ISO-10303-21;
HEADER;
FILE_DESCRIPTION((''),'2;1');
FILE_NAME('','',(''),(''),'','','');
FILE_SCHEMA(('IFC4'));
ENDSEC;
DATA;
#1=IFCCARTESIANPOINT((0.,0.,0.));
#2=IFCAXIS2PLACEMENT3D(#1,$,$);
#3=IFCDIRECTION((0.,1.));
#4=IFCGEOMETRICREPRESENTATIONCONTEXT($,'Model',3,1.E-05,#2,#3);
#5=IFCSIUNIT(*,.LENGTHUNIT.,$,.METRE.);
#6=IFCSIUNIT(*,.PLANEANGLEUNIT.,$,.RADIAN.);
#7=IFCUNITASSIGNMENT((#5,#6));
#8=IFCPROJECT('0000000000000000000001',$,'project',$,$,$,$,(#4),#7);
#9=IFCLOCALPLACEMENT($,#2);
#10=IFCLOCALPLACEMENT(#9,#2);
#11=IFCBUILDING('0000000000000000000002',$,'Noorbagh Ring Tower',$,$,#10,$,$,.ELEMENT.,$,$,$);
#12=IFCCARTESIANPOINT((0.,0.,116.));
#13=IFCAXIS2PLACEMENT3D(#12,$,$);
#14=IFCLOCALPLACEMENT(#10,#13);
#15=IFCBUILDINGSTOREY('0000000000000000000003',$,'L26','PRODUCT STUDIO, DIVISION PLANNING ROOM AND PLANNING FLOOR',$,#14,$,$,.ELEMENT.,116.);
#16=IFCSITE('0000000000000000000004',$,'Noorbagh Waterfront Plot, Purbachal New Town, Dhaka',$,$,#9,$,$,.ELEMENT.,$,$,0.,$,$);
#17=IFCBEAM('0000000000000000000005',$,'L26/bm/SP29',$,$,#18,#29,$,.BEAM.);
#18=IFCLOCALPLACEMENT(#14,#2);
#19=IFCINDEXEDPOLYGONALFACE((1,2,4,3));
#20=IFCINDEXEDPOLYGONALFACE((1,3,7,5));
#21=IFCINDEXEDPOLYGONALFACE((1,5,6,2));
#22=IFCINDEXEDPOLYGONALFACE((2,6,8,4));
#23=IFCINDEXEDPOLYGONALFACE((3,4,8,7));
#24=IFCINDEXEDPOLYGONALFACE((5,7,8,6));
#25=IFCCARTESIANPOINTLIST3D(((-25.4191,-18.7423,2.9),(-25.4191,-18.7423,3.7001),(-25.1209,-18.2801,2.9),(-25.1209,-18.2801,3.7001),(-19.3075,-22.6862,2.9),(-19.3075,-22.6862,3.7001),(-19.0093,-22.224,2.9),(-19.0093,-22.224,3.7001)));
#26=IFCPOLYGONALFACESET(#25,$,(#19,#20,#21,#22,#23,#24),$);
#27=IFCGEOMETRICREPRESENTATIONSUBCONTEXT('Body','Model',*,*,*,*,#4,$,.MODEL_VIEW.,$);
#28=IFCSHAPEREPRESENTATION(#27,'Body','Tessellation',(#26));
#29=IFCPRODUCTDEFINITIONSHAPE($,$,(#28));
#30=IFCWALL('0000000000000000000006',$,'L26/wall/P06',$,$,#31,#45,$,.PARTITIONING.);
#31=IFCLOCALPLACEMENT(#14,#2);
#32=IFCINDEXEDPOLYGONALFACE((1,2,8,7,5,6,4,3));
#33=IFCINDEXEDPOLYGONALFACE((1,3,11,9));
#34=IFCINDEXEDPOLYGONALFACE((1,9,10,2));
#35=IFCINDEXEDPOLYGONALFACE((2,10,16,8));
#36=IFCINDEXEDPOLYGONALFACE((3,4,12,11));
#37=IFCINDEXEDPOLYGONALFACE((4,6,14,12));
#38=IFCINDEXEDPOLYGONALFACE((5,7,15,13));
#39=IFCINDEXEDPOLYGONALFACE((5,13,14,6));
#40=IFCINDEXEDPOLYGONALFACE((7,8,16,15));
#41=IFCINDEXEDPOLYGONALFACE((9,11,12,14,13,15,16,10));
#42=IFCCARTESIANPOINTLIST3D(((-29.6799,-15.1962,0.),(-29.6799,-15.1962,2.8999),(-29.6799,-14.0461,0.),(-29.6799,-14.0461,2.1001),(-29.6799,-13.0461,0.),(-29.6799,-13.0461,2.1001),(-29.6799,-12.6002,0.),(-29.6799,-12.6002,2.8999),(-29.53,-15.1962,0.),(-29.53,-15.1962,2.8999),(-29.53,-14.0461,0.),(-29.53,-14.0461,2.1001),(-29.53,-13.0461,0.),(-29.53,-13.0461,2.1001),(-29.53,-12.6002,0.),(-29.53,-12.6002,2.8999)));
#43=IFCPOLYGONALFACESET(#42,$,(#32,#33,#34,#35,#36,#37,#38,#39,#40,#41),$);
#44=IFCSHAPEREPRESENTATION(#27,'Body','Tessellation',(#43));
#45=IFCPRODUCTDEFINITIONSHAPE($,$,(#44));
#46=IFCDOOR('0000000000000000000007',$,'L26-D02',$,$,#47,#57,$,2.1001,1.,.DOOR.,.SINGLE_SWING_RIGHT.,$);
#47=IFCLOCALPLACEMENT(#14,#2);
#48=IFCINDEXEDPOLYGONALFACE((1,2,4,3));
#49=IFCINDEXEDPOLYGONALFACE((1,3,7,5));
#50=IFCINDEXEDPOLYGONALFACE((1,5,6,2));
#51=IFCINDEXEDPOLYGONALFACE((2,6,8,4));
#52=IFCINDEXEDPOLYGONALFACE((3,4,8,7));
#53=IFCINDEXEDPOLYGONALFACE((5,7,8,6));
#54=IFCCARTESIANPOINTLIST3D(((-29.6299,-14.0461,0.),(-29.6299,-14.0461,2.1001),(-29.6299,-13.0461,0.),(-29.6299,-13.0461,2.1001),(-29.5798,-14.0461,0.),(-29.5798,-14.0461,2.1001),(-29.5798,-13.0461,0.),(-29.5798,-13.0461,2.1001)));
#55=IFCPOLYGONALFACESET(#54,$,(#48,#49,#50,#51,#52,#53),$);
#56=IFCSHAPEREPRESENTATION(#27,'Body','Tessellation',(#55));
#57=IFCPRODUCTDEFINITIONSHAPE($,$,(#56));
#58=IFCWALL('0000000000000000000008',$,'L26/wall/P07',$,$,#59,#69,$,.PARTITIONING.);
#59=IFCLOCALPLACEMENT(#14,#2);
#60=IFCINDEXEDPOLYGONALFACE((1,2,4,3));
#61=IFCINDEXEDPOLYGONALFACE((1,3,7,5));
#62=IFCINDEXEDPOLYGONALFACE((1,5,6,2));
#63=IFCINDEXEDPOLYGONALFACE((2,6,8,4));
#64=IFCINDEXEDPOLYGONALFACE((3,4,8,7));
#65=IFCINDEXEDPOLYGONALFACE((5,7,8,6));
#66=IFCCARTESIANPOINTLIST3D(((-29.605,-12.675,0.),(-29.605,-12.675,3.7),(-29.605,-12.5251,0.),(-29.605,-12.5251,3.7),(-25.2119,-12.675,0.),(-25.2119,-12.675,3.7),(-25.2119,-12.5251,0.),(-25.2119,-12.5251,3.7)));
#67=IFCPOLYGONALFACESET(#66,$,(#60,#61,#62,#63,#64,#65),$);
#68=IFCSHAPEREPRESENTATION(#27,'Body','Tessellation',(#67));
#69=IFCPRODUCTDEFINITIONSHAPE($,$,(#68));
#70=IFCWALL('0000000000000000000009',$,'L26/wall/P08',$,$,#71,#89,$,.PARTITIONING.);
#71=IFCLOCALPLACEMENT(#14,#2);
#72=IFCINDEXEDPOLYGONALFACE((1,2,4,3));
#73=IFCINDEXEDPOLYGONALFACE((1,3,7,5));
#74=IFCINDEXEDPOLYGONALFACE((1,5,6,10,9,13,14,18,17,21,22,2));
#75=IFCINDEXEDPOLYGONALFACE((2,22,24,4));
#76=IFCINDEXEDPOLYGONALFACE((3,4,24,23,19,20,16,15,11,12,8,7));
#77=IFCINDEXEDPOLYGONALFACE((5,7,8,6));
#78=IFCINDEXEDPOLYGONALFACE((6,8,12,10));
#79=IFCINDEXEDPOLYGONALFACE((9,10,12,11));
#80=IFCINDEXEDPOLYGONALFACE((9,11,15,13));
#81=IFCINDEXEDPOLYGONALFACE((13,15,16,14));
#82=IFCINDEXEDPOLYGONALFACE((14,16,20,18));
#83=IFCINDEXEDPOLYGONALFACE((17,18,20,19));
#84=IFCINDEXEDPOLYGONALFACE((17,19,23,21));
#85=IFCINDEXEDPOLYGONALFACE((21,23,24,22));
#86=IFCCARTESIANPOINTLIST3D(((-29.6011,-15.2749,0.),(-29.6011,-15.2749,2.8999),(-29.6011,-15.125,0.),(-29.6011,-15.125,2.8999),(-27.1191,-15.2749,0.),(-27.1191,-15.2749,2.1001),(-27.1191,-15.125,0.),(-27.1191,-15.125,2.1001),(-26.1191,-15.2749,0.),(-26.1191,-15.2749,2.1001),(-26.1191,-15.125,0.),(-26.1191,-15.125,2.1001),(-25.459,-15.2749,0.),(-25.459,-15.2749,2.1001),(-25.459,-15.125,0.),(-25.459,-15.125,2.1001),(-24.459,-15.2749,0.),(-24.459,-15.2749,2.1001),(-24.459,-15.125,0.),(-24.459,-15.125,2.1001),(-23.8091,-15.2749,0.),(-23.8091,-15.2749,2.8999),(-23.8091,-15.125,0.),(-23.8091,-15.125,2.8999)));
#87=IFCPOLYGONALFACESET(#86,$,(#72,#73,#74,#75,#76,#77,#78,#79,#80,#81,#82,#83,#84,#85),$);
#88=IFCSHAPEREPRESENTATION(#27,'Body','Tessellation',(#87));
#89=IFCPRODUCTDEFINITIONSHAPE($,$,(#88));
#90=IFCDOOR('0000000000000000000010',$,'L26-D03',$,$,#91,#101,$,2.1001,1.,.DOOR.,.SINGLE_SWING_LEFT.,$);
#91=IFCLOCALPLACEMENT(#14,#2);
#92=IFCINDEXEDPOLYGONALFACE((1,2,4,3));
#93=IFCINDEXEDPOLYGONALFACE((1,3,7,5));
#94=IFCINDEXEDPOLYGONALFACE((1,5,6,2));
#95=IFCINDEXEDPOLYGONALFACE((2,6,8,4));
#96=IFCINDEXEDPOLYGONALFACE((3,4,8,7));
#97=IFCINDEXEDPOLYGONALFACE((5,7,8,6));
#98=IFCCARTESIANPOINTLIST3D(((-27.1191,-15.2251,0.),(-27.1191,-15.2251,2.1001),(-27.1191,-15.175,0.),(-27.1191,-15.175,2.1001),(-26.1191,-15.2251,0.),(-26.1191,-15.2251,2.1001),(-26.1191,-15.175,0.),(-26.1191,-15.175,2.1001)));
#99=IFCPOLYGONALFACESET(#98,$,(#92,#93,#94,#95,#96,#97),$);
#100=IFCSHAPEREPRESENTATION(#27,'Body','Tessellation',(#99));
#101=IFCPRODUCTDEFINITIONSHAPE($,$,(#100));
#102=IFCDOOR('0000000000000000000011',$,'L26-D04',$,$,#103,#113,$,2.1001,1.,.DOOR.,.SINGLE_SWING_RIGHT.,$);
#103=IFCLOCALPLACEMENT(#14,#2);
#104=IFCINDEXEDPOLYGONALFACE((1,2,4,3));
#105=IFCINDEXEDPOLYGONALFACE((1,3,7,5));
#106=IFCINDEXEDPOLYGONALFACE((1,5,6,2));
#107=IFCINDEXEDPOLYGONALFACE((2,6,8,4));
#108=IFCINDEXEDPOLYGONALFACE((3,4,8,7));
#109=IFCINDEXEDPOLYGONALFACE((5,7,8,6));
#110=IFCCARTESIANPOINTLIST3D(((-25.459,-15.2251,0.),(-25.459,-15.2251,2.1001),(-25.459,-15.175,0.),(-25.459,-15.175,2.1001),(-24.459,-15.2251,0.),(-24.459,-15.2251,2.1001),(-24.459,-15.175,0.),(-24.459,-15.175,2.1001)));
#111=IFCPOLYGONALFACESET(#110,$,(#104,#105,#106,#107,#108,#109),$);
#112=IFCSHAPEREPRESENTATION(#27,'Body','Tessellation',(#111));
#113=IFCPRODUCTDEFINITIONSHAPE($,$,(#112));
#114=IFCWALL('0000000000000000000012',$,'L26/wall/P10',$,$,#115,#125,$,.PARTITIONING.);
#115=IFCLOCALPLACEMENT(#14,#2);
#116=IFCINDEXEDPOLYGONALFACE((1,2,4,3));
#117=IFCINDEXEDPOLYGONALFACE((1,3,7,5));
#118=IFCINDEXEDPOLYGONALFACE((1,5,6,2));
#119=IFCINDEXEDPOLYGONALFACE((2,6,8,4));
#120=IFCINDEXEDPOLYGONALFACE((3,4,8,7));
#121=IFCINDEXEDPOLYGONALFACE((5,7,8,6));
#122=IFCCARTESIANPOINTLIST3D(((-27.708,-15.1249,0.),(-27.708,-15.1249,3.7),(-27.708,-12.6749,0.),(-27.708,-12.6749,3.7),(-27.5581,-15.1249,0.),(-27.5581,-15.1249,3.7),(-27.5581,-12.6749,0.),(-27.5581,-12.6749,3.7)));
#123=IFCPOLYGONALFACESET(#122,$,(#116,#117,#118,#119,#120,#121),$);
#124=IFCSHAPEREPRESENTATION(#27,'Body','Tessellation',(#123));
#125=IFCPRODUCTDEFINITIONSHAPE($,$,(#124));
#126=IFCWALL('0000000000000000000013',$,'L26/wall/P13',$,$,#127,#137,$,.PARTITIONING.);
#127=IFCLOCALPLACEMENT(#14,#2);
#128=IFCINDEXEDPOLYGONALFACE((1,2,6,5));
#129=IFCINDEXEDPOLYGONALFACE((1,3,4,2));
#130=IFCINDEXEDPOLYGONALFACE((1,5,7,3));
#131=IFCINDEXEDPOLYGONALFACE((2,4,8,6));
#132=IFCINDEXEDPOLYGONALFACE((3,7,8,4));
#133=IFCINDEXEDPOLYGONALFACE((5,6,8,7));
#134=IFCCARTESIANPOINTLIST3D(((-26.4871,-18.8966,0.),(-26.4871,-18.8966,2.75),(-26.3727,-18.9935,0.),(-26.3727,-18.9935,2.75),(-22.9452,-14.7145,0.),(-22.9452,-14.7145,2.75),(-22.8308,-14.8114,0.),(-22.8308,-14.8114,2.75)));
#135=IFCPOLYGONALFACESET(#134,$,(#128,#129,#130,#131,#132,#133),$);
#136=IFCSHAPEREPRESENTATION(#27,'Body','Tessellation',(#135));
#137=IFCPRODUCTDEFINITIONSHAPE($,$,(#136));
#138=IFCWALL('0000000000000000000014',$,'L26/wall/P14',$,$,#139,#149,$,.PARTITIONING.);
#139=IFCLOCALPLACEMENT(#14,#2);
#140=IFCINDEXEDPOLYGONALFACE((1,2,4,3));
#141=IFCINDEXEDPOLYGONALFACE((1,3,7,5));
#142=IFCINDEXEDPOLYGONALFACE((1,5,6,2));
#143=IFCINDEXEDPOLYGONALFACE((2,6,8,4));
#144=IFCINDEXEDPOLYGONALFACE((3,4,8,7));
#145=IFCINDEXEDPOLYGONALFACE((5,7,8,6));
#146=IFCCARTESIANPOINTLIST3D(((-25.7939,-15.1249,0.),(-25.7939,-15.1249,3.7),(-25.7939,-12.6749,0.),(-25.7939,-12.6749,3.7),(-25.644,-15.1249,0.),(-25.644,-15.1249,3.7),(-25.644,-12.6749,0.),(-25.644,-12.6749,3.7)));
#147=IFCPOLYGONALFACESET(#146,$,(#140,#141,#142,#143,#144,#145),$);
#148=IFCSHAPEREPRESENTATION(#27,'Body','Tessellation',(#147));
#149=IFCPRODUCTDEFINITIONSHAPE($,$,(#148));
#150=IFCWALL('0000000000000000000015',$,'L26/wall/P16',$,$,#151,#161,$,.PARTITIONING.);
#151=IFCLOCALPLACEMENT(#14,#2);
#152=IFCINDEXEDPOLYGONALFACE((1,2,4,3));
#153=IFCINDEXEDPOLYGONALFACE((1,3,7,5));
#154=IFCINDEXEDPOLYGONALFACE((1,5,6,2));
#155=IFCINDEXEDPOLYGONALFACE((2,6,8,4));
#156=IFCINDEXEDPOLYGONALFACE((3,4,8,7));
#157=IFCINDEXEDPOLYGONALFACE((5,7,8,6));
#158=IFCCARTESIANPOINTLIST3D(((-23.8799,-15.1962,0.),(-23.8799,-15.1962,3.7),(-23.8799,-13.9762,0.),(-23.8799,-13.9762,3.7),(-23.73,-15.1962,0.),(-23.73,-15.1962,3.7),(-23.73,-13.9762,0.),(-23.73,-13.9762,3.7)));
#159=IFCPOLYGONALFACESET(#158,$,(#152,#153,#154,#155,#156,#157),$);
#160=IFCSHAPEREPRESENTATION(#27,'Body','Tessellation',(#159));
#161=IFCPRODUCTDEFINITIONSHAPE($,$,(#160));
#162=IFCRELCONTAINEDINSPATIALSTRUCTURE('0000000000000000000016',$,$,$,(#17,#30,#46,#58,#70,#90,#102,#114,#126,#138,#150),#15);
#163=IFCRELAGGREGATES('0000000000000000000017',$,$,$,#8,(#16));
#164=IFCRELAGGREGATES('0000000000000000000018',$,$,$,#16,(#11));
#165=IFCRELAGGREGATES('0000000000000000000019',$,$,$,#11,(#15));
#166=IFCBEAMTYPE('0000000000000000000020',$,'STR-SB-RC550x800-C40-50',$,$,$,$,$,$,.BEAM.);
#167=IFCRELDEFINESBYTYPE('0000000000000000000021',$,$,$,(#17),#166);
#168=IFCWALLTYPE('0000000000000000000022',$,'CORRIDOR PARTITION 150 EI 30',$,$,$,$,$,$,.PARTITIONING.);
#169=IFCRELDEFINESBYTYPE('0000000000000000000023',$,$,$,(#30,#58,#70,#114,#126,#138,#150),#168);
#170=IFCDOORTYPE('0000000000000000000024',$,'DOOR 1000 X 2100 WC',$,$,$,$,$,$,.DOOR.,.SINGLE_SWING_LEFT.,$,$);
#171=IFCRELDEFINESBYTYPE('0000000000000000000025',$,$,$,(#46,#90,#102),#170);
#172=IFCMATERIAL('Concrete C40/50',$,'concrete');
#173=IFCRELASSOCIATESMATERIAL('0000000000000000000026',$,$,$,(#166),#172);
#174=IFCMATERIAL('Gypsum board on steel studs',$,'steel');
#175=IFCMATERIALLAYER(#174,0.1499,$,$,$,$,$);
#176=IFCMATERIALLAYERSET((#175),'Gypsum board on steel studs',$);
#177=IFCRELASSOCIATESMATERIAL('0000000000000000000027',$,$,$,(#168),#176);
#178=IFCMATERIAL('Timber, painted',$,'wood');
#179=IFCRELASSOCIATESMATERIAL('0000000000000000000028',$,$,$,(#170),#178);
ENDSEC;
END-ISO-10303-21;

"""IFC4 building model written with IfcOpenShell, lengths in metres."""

from ifc_helpers import new_model, si_unit, direction, frame, frame_2d, origin, origin_2d, place, context, subcontext, project, spatial, rectangle, extrude, material, layer, layer_set, material_profile, profile_set, type_object, element, fill, save


model = new_model("IFC4")

# Units and contexts
model_context = context("Model", 3, precision=1e-05, world=origin(), true_north=direction((0.0, 1.0)))
body_context = subcontext(model_context, "Body", "Model", "MODEL_VIEW")
ifc_project = project(units=[si_unit("LENGTHUNIT", "METRE"), si_unit("PLANEANGLEUNIT", "RADIAN")], contexts=[model_context])

# Site, building, storey
site_placement = place(None, origin())
site = spatial("IfcSite", under=ifc_project, at=site_placement, Name="Noorbagh Waterfront Plot, Purbachal New Town, Dhaka", CompositionType="ELEMENT", RefElevation=0.0)
building_placement = place(site_placement, origin())
building = spatial("IfcBuilding", under=site, at=building_placement, Name="Noorbagh Ring Tower", CompositionType="ELEMENT")
storey_placement = place(building_placement, frame((0.0, 0.0, 116.0)))
storey = spatial("IfcBuildingStorey", under=building, at=storey_placement, Name="L26", Description="PRODUCT STUDIO, DIVISION PLANNING ROOM AND PLANNING FLOOR", CompositionType="ELEMENT", Elevation=116.0)

# Beam
ifc_material_1 = material(Name="Concrete C40/50", Category="concrete")
ifc_material_profile_1 = material_profile(ifc_material_1, rectangle(XDim=0.55, YDim=0.8, at=origin_2d()), Name="RC550x800")
ifc_profile_set_1 = profile_set([ifc_material_profile_1], Name="Concrete C40/50")
beam_type_1 = type_object("IfcBeamType", Name="STR-SB-RC550x800-C40-50", PredefinedType="BEAM", material=ifc_profile_set_1)
beam_1_placement = place(storey_placement, frame((-25.27, -18.5112, 3.3), z_axis=(0.84024, -0.542214, 0.0), x_axis=(0.542214, 0.84024, 0.0)))
element("IfcBeam", 1, at=beam_1_placement, inside=storey, type_object=beam_type_1, Name="L26/bm/SP29", PredefinedType="BEAM", context=body_context, shape_type="SweptSolid", body=[
    extrude(rectangle(XDim=0.55, YDim=0.8, at=origin_2d()), origin(), (0.0, 0.0, 1.0), 7.2737),
])

# Wall, opening, door
ifc_material_2 = material(Name="Gypsum board on steel studs", Category="steel")
ifc_layer_1 = layer(ifc_material_2, 0.1499)
ifc_layer_set_1 = layer_set([ifc_layer_1], Name="Gypsum board on steel studs")
wall_type_1 = type_object("IfcWallType", Name="CORRIDOR PARTITION 150 EI 30", PredefinedType="PARTITIONING", material=ifc_layer_set_1)
wall_1_placement = place(storey_placement, frame((-29.605, -15.196, 0.0), z_axis=(0.0, 0.0, 1.0), x_axis=(0.0, 1.0, 0.0)))
wall_1 = element("IfcWall", 2, at=wall_1_placement, inside=storey, type_object=wall_type_1, Name="L26/wall/P06", PredefinedType="PARTITIONING", context=body_context, shape_type="SweptSolid", body=[
    extrude(rectangle(XDim=2.5959, YDim=0.1499, at=frame_2d((1.2979, 0.0))), origin(), (0.0, 0.0, 1.0), 2.8999),
])
opening_1_placement = place(wall_1_placement, frame((1.1499, 0.0, 0.0)))
opening_1 = element("IfcOpeningElement", 3, at=opening_1_placement, cuts=wall_1, PredefinedType="OPENING", context=body_context, shape_type="SweptSolid", body=[
    extrude(rectangle(XDim=1.0, YDim=2.1001, at=frame_2d((0.5, 1.05))), frame((0.0, 0.085, 0.0), z_axis=(0.0, -1.0, 0.0), x_axis=(1.0, 0.0, 0.0)), (0.0, 0.0, 1.0), 0.1699),
])
ifc_material_3 = material(Name="Timber, painted", Category="wood")
door_type_1 = type_object("IfcDoorType", Name="DOOR 1000 X 2100 WC", OperationType="SINGLE_SWING_LEFT", PredefinedType="DOOR", material=ifc_material_3)
door_1_placement = place(opening_1_placement, origin())
door_1 = element("IfcDoor", 4, at=door_1_placement, inside=storey, type_object=door_type_1, Name="L26-D02", OperationType="SINGLE_SWING_RIGHT", OverallHeight=2.1001, OverallWidth=1.0, PredefinedType="DOOR", context=body_context, shape_type="SweptSolid", body=[
    extrude(rectangle(XDim=1.0, YDim=2.1001, at=frame_2d((0.5, 1.05))), frame((0.0, 0.0249, 0.0), z_axis=(0.0, -1.0, 0.0), x_axis=(1.0, 0.0, 0.0)), (0.0, 0.0, 1.0), 0.05),
])
fill(opening_1, door_1)

# Wall
wall_2_placement = place(storey_placement, frame((-29.605, -12.6001, 0.0), z_axis=(0.0, 0.0, 1.0), x_axis=(1.0, 0.0, 0.0)))
element("IfcWall", 5, at=wall_2_placement, inside=storey, type_object=wall_type_1, Name="L26/wall/P07", PredefinedType="PARTITIONING", context=body_context, shape_type="SweptSolid", body=[
    extrude(rectangle(XDim=4.3931, YDim=0.1499, at=frame_2d((2.1965, 0.0))), origin(), (0.0, 0.0, 1.0), 3.7),
])

# Wall, openings, doors
wall_3_placement = place(storey_placement, frame((-29.6011, -15.2, 0.0), z_axis=(0.0, 0.0, 1.0), x_axis=(1.0, 0.0, 0.0)))
wall_3 = element("IfcWall", 6, at=wall_3_placement, inside=storey, type_object=wall_type_1, Name="L26/wall/P08", PredefinedType="PARTITIONING", context=body_context, shape_type="SweptSolid", body=[
    extrude(rectangle(XDim=5.792, YDim=0.1499, at=frame_2d((2.896, 0.0))), origin(), (0.0, 0.0, 1.0), 2.8999),
])
opening_2_placement = place(wall_3_placement, frame((2.4819, 0.0, 0.0)))
opening_2 = element("IfcOpeningElement", 7, at=opening_2_placement, cuts=wall_3, PredefinedType="OPENING", context=body_context, shape_type="SweptSolid", body=[
    extrude(rectangle(XDim=1.0, YDim=2.1001, at=frame_2d((0.5, 1.05))), frame((0.0, 0.085, 0.0), z_axis=(0.0, -1.0, 0.0), x_axis=(1.0, 0.0, 0.0)), (0.0, 0.0, 1.0), 0.1699),
])
opening_3_placement = place(wall_3_placement, frame((4.1421, 0.0, 0.0)))
opening_3 = element("IfcOpeningElement", 8, at=opening_3_placement, cuts=wall_3, PredefinedType="OPENING", context=body_context, shape_type="SweptSolid", body=[
    extrude(rectangle(XDim=1.0, YDim=2.1001, at=frame_2d((0.5, 1.05))), frame((0.0, 0.085, 0.0), z_axis=(0.0, -1.0, 0.0), x_axis=(1.0, 0.0, 0.0)), (0.0, 0.0, 1.0), 0.1699),
])
door_2_placement = place(opening_2_placement, origin())
door_2 = element("IfcDoor", 9, at=door_2_placement, inside=storey, type_object=door_type_1, Name="L26-D03", OperationType="SINGLE_SWING_LEFT", OverallHeight=2.1001, OverallWidth=1.0, PredefinedType="DOOR", context=body_context, shape_type="SweptSolid", body=[
    extrude(rectangle(XDim=1.0, YDim=2.1001, at=frame_2d((0.5, 1.05))), frame((0.0, 0.0249, 0.0), z_axis=(0.0, -1.0, 0.0), x_axis=(1.0, 0.0, 0.0)), (0.0, 0.0, 1.0), 0.05),
])
fill(opening_2, door_2)
door_3_placement = place(opening_3_placement, origin())
door_3 = element("IfcDoor", 10, at=door_3_placement, inside=storey, type_object=door_type_1, Name="L26-D04", OperationType="SINGLE_SWING_RIGHT", OverallHeight=2.1001, OverallWidth=1.0, PredefinedType="DOOR", context=body_context, shape_type="SweptSolid", body=[
    extrude(rectangle(XDim=1.0, YDim=2.1001, at=frame_2d((0.5, 1.05))), frame((0.0, 0.0249, 0.0), z_axis=(0.0, -1.0, 0.0), x_axis=(1.0, 0.0, 0.0)), (0.0, 0.0, 1.0), 0.05),
])
fill(opening_3, door_3)

# Walls
wall_4_placement = place(storey_placement, frame((-27.6331, -15.125, 0.0), z_axis=(0.0, 0.0, 1.0), x_axis=(0.0, 1.0, 0.0)))
element("IfcWall", 11, at=wall_4_placement, inside=storey, type_object=wall_type_1, Name="L26/wall/P10", PredefinedType="PARTITIONING", context=body_context, shape_type="SweptSolid", body=[
    extrude(rectangle(XDim=2.45, YDim=0.1499, at=frame_2d((1.2251, 0.0))), origin(), (0.0, 0.0, 1.0), 3.7),
])
wall_5_placement = place(storey_placement, frame((-26.4299, -18.9451, 0.0), z_axis=(0.0, 0.0, 1.0), x_axis=(0.64629, 0.763092, 0.0)))
element("IfcWall", 12, at=wall_5_placement, inside=storey, type_object=wall_type_1, Name="L26/wall/P13", PredefinedType="PARTITIONING", context=body_context, shape_type="SweptSolid", body=[
    extrude(rectangle(XDim=5.4805, YDim=0.1499, at=frame_2d((2.7402, 0.0))), origin(), (0.0, 0.0, 1.0), 2.75),
])
wall_6_placement = place(storey_placement, frame((-25.719, -15.125, 0.0), z_axis=(0.0, 0.0, 1.0), x_axis=(0.0, 1.0, 0.0)))
element("IfcWall", 13, at=wall_6_placement, inside=storey, type_object=wall_type_1, Name="L26/wall/P14", PredefinedType="PARTITIONING", context=body_context, shape_type="SweptSolid", body=[
    extrude(rectangle(XDim=2.45, YDim=0.1499, at=frame_2d((1.2251, 0.0))), origin(), (0.0, 0.0, 1.0), 3.7),
])
wall_7_placement = place(storey_placement, frame((-23.8049, -15.196, 0.0), z_axis=(0.0, 0.0, 1.0), x_axis=(0.0, 1.0, 0.0)))
element("IfcWall", 14, at=wall_7_placement, inside=storey, type_object=wall_type_1, Name="L26/wall/P16", PredefinedType="PARTITIONING", context=body_context, shape_type="SweptSolid", body=[
    extrude(rectangle(XDim=1.22, YDim=0.1499, at=frame_2d((0.6099, 0.0))), origin(), (0.0, 0.0, 1.0), 3.7),
])

save(model, "model.ifc")
